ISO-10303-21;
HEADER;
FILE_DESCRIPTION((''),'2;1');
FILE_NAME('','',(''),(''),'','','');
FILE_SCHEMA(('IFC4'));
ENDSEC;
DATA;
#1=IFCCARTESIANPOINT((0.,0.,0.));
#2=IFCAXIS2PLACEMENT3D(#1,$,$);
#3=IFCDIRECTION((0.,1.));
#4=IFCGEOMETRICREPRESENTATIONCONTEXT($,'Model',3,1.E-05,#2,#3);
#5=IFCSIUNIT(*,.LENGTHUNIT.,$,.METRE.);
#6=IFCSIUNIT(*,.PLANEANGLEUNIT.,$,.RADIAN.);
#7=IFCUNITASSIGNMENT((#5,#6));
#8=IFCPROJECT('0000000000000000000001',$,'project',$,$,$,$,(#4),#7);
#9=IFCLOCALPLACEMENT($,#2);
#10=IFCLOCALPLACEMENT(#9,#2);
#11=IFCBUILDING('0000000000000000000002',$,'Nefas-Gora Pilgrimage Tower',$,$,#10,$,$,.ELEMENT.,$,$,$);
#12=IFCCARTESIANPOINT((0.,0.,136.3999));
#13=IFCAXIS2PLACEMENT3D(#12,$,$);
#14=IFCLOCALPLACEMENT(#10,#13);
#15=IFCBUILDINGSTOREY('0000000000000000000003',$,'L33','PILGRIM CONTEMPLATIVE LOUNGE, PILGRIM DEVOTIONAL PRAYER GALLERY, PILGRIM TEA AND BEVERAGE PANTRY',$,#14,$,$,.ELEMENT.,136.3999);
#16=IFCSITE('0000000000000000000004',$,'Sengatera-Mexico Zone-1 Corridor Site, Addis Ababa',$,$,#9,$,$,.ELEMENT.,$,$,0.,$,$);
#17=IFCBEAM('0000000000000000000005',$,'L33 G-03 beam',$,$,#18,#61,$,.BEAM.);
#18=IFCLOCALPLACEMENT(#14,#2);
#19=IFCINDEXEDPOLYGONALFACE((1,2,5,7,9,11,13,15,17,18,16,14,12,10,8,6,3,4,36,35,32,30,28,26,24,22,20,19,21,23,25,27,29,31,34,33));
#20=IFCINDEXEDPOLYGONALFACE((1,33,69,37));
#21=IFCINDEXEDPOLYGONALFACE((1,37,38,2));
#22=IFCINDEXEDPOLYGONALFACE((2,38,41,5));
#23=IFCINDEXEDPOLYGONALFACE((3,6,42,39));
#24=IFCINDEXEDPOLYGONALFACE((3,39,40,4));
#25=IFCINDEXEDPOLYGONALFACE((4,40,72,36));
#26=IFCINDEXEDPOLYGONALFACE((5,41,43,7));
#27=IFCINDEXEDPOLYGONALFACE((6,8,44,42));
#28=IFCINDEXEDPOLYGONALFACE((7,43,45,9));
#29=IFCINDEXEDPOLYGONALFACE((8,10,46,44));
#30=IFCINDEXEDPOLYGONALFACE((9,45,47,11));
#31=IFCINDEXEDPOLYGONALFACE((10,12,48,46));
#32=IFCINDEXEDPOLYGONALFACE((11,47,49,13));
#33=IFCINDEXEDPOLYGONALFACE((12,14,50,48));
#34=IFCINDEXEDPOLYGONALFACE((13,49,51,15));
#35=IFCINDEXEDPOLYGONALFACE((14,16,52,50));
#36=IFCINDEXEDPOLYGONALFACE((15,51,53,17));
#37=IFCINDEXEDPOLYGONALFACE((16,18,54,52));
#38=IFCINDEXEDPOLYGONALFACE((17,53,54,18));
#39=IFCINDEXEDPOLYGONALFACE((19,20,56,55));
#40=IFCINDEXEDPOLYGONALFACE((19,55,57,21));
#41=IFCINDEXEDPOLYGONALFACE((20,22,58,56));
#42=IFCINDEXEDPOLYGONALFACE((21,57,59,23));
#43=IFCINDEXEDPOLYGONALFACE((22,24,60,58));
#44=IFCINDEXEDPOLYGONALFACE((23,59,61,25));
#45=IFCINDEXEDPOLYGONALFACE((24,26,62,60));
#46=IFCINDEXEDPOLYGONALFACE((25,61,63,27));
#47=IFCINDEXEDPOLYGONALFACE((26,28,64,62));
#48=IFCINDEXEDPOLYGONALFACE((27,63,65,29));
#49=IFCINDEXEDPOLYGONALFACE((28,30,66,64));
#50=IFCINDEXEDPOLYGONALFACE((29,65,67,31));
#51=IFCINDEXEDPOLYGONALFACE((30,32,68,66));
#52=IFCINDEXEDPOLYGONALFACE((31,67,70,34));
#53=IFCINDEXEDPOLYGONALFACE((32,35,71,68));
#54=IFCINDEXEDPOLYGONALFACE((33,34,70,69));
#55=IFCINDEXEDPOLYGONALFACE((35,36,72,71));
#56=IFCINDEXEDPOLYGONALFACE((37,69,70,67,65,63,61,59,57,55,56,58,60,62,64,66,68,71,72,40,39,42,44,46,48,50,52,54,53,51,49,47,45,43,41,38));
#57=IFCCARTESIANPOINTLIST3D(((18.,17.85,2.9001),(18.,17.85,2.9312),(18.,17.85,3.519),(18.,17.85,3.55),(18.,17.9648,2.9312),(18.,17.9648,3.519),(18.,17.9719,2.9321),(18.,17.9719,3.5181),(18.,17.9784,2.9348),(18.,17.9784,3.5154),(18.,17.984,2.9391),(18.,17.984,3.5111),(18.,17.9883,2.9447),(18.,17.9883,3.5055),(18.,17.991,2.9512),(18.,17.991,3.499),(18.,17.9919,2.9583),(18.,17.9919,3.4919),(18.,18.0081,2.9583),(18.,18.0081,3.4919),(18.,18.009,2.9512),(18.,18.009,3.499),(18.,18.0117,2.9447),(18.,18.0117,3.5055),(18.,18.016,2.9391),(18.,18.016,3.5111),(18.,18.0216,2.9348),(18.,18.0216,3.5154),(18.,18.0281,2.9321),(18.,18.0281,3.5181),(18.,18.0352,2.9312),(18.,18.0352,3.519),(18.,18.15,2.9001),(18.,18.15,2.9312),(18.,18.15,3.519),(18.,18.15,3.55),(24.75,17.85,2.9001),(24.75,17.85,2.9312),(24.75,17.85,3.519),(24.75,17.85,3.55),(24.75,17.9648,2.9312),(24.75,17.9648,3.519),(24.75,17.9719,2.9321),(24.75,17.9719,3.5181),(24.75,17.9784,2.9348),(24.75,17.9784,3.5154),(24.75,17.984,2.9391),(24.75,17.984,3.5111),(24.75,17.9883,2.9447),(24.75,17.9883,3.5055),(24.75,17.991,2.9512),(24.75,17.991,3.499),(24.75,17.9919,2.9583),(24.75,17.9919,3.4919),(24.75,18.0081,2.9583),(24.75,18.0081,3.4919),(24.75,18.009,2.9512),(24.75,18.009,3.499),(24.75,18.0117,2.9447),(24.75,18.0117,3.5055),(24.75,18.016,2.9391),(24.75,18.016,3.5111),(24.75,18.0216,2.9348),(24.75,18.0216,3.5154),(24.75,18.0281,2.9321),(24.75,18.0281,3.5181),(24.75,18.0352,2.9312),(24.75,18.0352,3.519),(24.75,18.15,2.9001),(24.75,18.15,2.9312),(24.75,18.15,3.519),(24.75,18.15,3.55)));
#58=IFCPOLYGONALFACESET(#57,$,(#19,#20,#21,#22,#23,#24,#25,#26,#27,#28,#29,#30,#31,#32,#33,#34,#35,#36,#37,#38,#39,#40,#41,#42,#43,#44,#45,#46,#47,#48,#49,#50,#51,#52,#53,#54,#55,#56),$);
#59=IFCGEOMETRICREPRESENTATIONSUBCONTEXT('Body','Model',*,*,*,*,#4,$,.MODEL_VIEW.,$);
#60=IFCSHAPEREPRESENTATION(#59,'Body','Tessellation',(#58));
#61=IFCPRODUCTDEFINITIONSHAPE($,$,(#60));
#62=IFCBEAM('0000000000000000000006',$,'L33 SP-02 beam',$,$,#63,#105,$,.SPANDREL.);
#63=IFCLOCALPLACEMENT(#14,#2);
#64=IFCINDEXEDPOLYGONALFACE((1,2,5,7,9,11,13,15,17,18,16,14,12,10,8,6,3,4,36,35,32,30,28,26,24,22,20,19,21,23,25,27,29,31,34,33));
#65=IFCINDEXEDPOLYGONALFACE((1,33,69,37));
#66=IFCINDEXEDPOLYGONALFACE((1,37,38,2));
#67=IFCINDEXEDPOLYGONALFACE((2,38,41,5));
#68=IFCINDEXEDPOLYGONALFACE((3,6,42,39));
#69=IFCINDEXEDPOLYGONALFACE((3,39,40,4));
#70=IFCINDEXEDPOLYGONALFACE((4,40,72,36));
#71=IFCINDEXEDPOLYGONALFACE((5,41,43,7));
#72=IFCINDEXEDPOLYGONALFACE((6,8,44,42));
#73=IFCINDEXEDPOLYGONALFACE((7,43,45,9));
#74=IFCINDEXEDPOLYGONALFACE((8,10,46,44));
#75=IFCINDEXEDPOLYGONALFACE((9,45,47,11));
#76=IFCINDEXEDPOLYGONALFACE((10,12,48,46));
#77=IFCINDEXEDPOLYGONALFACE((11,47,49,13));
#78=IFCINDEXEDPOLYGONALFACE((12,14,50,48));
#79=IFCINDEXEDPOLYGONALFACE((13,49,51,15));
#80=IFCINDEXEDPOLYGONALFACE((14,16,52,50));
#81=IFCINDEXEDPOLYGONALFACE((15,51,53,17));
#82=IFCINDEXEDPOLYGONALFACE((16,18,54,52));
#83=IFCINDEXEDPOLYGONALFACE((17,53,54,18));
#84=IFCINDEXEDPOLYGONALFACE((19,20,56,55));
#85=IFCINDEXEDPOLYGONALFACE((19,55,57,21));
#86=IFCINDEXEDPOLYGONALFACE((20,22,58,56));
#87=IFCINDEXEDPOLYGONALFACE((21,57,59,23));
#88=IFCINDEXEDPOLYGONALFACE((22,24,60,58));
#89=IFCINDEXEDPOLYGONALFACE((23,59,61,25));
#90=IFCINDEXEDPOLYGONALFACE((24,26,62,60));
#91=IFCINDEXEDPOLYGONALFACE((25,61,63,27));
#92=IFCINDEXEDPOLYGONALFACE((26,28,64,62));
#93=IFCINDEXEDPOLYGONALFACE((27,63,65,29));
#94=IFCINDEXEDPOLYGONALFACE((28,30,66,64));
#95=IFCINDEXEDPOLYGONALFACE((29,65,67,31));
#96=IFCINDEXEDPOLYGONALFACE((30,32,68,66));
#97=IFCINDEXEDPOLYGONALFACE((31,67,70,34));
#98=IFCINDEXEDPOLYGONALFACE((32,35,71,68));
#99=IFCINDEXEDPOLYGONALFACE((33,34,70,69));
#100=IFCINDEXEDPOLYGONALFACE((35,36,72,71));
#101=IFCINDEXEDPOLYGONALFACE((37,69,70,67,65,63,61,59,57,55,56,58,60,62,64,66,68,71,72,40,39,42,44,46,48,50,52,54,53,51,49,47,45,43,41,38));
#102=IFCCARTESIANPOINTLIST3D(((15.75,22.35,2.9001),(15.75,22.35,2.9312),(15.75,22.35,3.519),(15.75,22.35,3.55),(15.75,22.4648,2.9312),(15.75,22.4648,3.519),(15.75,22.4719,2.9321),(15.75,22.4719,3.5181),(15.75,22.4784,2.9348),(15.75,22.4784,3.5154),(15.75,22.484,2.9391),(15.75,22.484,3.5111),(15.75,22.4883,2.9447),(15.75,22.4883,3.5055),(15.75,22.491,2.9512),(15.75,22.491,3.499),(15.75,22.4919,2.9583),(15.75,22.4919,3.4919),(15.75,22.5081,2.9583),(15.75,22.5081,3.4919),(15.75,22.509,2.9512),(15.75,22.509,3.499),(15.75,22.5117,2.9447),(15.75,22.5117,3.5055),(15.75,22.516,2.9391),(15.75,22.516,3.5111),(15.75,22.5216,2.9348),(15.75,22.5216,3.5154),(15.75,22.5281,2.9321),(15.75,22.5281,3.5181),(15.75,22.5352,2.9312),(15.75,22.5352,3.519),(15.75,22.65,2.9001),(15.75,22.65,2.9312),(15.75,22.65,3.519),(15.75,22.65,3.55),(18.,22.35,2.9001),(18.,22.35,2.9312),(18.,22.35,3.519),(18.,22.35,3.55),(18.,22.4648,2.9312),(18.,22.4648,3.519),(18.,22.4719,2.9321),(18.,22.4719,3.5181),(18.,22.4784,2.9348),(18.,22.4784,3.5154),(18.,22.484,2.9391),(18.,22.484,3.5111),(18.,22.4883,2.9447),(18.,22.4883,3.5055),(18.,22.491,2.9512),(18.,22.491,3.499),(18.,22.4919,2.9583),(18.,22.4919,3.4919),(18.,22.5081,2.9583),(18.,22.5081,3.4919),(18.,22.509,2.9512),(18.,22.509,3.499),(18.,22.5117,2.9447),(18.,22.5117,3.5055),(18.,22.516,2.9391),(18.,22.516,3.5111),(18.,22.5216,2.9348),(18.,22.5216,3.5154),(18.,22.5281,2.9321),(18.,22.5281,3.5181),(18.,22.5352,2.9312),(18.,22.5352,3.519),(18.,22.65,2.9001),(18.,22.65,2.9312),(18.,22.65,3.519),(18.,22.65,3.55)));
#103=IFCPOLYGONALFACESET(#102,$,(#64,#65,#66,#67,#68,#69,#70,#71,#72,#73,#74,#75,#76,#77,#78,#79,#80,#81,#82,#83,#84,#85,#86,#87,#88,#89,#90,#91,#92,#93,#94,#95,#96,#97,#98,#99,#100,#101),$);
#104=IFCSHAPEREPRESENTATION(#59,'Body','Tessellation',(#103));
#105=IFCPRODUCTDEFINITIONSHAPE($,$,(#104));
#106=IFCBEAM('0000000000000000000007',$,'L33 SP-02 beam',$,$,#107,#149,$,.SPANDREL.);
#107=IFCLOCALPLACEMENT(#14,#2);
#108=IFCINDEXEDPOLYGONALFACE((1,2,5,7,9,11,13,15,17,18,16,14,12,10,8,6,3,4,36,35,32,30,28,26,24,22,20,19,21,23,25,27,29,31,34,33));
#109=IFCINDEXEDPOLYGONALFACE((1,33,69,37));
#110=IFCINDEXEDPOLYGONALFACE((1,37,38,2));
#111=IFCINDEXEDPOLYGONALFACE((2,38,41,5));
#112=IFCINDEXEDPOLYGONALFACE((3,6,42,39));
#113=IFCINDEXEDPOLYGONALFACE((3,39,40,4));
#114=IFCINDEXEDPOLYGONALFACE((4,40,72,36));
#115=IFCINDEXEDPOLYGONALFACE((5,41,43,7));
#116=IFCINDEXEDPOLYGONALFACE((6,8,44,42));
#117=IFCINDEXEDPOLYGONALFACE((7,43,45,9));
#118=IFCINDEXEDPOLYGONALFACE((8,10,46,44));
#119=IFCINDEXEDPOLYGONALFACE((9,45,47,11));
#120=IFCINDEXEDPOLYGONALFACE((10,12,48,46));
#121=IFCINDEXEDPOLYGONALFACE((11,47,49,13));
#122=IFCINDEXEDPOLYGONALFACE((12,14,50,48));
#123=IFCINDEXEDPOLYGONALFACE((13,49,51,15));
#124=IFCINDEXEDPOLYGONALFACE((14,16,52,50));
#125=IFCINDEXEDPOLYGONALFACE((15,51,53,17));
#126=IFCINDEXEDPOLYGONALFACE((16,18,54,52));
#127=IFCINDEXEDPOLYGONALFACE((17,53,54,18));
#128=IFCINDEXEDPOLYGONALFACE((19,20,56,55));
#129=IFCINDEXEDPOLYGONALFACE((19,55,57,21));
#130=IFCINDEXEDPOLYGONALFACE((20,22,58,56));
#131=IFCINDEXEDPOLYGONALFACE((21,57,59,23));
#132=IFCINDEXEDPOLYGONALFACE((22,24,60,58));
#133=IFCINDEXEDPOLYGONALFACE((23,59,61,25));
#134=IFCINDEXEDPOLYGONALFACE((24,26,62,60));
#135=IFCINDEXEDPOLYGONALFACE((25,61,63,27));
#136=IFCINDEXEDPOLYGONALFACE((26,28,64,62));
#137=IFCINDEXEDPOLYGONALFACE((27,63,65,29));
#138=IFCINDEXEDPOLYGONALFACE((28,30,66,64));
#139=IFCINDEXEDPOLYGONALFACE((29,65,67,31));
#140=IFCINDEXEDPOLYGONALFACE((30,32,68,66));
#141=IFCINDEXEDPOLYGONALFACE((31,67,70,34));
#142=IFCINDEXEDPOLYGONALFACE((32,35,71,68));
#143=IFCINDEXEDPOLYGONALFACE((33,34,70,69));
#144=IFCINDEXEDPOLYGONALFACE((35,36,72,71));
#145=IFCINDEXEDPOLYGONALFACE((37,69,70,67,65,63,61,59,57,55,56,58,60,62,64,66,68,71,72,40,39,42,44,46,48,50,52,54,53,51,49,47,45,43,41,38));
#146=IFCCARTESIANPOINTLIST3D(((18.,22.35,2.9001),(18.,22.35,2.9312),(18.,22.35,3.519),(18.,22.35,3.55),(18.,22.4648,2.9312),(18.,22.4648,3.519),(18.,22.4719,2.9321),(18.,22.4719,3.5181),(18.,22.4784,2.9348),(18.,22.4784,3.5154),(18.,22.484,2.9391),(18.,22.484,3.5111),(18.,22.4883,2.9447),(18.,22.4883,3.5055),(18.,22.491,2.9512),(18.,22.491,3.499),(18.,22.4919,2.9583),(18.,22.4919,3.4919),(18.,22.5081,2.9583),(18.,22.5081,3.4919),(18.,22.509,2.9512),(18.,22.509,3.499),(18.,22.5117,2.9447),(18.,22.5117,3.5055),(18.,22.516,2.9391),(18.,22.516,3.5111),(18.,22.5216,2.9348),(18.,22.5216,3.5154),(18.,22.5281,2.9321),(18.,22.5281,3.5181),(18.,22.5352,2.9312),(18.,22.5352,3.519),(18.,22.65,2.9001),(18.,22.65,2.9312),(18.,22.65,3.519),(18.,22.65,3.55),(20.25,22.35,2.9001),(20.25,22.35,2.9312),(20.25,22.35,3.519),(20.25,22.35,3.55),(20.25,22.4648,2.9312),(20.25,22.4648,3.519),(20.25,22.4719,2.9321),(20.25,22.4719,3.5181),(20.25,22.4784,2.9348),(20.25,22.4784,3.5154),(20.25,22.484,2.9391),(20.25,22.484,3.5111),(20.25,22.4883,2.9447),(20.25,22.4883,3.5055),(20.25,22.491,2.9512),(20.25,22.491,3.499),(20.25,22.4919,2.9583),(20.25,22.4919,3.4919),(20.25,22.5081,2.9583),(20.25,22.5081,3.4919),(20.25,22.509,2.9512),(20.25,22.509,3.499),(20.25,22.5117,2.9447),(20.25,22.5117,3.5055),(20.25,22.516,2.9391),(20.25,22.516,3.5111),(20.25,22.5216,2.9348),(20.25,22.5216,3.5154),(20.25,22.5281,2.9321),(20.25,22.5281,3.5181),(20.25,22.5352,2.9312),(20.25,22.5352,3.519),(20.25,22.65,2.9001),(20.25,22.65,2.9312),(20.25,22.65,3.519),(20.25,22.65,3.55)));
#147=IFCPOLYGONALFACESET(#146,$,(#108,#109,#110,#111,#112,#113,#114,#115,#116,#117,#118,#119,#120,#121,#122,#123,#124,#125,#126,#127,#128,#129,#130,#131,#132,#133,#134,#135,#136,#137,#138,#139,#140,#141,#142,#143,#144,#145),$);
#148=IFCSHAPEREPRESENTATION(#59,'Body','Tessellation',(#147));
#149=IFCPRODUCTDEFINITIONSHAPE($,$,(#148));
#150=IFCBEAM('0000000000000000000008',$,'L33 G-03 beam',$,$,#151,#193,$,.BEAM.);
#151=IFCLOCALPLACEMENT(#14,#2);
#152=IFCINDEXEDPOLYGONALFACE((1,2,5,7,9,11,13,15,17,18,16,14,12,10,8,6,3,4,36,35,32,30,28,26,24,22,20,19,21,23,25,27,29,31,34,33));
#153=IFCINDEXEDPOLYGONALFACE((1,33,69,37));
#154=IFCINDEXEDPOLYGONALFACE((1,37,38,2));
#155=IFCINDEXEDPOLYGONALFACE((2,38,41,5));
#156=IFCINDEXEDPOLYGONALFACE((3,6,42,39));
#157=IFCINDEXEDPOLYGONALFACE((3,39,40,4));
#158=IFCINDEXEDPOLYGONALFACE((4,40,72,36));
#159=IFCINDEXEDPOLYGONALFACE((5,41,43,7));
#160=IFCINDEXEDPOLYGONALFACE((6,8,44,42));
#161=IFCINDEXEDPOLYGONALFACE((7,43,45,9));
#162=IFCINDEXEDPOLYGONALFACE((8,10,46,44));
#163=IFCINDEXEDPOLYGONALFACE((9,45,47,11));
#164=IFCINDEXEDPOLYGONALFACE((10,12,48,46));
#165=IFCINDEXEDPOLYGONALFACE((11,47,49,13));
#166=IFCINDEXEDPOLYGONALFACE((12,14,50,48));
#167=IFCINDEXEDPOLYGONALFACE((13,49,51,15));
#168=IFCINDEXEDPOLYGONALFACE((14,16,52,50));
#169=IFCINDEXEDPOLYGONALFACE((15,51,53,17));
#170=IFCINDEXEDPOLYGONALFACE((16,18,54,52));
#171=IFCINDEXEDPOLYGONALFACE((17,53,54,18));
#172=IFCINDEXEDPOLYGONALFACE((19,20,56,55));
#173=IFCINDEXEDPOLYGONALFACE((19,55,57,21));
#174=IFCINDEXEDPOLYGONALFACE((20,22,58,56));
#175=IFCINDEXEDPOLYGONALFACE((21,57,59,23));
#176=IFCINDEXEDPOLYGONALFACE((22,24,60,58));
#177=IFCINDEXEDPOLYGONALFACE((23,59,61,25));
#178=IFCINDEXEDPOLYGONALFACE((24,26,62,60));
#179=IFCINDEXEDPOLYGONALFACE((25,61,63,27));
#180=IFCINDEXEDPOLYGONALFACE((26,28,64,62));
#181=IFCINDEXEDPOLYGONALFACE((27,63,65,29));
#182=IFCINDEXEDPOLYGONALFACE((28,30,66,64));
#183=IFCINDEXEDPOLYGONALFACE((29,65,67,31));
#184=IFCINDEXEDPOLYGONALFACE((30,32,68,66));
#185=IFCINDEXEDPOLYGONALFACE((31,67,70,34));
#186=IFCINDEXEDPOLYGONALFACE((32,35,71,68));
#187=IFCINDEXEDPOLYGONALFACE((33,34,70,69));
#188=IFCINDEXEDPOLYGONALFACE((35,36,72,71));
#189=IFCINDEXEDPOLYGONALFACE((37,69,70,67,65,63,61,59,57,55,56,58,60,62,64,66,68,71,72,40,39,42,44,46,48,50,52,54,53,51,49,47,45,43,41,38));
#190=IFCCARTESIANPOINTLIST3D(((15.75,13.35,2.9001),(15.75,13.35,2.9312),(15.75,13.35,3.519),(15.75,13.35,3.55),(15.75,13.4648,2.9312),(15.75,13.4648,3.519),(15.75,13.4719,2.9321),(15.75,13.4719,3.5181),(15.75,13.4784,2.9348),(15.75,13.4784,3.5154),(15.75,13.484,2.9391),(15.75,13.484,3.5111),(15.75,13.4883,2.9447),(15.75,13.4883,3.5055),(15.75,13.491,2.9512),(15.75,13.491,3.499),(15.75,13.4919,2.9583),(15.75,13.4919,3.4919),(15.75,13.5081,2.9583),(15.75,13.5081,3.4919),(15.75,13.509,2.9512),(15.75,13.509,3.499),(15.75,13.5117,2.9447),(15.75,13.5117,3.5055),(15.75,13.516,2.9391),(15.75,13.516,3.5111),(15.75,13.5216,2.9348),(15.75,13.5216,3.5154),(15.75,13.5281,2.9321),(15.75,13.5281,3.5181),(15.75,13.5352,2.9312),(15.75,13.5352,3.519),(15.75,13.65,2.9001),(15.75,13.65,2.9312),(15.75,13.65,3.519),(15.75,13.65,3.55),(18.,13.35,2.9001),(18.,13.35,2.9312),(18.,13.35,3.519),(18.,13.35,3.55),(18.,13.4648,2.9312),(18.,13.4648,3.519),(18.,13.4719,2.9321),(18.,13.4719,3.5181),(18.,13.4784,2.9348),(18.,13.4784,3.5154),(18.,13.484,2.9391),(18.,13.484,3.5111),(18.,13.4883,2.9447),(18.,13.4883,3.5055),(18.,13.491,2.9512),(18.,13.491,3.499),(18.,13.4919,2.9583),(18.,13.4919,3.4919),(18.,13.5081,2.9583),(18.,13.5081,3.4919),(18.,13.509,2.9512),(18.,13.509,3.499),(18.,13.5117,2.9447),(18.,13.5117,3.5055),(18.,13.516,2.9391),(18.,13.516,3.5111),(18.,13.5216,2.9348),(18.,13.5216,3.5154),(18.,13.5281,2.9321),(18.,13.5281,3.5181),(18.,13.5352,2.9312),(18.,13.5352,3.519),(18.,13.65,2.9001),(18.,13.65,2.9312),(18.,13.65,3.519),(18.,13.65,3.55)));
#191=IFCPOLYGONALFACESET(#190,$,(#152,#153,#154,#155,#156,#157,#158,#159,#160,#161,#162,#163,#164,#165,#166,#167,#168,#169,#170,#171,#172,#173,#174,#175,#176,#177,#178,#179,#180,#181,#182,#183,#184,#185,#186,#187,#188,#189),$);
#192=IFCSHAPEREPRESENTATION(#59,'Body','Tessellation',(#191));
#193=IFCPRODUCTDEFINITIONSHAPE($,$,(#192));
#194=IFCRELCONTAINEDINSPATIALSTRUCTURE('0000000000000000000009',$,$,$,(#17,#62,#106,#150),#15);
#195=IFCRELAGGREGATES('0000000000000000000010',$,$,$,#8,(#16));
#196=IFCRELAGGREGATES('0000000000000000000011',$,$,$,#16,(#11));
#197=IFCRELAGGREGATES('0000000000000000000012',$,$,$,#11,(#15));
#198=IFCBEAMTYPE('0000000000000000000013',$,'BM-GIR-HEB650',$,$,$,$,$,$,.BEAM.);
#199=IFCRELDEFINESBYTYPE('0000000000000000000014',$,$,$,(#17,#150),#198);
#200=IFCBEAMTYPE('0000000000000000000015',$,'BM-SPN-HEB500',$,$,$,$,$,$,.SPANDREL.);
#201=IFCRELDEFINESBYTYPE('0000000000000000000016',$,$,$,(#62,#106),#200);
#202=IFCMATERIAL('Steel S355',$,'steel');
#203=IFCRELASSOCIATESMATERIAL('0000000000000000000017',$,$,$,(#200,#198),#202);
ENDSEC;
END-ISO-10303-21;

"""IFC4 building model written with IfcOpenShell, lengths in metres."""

from ifc_helpers import new_model, si_unit, direction, frame, origin, origin_2d, place, context, subcontext, project, spatial, i_section, extrude, source, transform, mapped, material, material_profile, profile_set, type_object, element, save


model = new_model("IFC4")

# Units and contexts
model_context = context("Model", 3, precision=1e-05, world=origin(), true_north=direction((0.0, 1.0)))
body_context = subcontext(model_context, "Body", "Model", "MODEL_VIEW")
ifc_project = project(units=[si_unit("LENGTHUNIT", "METRE"), si_unit("PLANEANGLEUNIT", "RADIAN")], contexts=[model_context])

# Site, building, storey
site_placement = place(None, origin())
site = spatial("IfcSite", under=ifc_project, at=site_placement, Name="Sengatera-Mexico Zone-1 Corridor Site, Addis Ababa", CompositionType="ELEMENT", RefElevation=0.0)
building_placement = place(site_placement, origin())
building = spatial("IfcBuilding", under=site, at=building_placement, Name="Nefas-Gora Pilgrimage Tower", CompositionType="ELEMENT")
storey_placement = place(building_placement, frame((0.0, 0.0, 136.3999)))
storey = spatial("IfcBuildingStorey", under=building, at=storey_placement, Name="L33", Description="PILGRIM CONTEMPLATIVE LOUNGE, PILGRIM DEVOTIONAL PRAYER GALLERY, PILGRIM TEA AND BEVERAGE PANTRY", CompositionType="ELEMENT", Elevation=136.3999)

# Beams
ifc_material_1 = material(Name="Steel S355", Category="steel")
ifc_material_profile_1 = material_profile(ifc_material_1, i_section(OverallWidth=0.3, OverallDepth=0.6499, WebThickness=0.0161, FlangeThickness=0.031, FilletRadius=0.0271, at=origin_2d()), Name="HEB 650")
ifc_profile_set_1 = profile_set([ifc_material_profile_1], Name="Steel S355")
beam_type_1 = type_object("IfcBeamType", Name="BM-SPN-HEB500", PredefinedType="SPANDREL", material=ifc_profile_set_1)
ifc_material_profile_2 = material_profile(ifc_material_1, i_section(OverallWidth=0.3, OverallDepth=0.6499, WebThickness=0.0161, FlangeThickness=0.031, FilletRadius=0.0271, at=origin_2d()), Name="HEB 650")
ifc_profile_set_2 = profile_set([ifc_material_profile_2], Name="Steel S355")
beam_type_2 = type_object("IfcBeamType", Name="BM-GIR-HEB650", PredefinedType="BEAM", material=ifc_profile_set_2)
shared_shape_1 = source(origin(), body_context, "Body", "SweptSolid", [
    extrude(i_section(OverallWidth=0.3, OverallDepth=0.6499, WebThickness=0.0161, FlangeThickness=0.031, FilletRadius=0.0271, at=origin_2d()), origin(), (0.0, 0.0, 1.0), 6.75),
])
for number, where, z_axis, x_axis, name in (
    (1, (18.0, 18.0, 3.2251), (1.0, 0.0, 0.0), (0.0, 1.0, 0.0), "L33 G-03 beam"),
):
    element("IfcBeam", number, at=place(storey_placement, frame(where, z_axis=z_axis, x_axis=x_axis)), inside=storey, type_object=beam_type_2, Name=name, PredefinedType="BEAM", context=body_context, shape_type="MappedRepresentation", body=[
        mapped(shared_shape_1, transform((0.0, 0.0, 0.0), x_axis=(1.0, 0.0, 0.0), y_axis=(0.0, 1.0, 0.0), z_axis=(0.0, 0.0, 1.0), scale=1.0)),
    ])
shared_shape_2 = source(origin(), body_context, "Body", "SweptSolid", [
    extrude(i_section(OverallWidth=0.3, OverallDepth=0.6499, WebThickness=0.0161, FlangeThickness=0.031, FilletRadius=0.0271, at=origin_2d()), origin(), (0.0, 0.0, 1.0), 2.25),
])
for number, where, z_axis, x_axis, name in (
    (2, (15.75, 22.5, 3.2251), (1.0, 0.0, 0.0), (0.0, 1.0, 0.0), "L33 SP-02 beam"),
    (3, (18.0, 22.5, 3.2251), (1.0, 0.0, 0.0), (0.0, 1.0, 0.0), "L33 SP-02 beam"),
):
    element("IfcBeam", number, at=place(storey_placement, frame(where, z_axis=z_axis, x_axis=x_axis)), inside=storey, type_object=beam_type_1, Name=name, PredefinedType="SPANDREL", context=body_context, shape_type="MappedRepresentation", body=[
        mapped(shared_shape_2, transform((0.0, 0.0, 0.0), x_axis=(1.0, 0.0, 0.0), y_axis=(0.0, 1.0, 0.0), z_axis=(0.0, 0.0, 1.0), scale=1.0)),
    ])
shared_shape_3 = source(origin(), body_context, "Body", "SweptSolid", [
    extrude(i_section(OverallWidth=0.3, OverallDepth=0.6499, WebThickness=0.0161, FlangeThickness=0.031, FilletRadius=0.0271, at=origin_2d()), origin(), (0.0, 0.0, 1.0), 2.25),
])
beam_1_placement = place(storey_placement, frame((15.75, 13.5, 3.2251), z_axis=(1.0, 0.0, 0.0), x_axis=(0.0, 1.0, 0.0)))
element("IfcBeam", 4, at=beam_1_placement, inside=storey, type_object=beam_type_2, Name="L33 G-03 beam", PredefinedType="BEAM", context=body_context, shape_type="MappedRepresentation", body=[
    mapped(shared_shape_3, transform((0.0, 0.0, 0.0), x_axis=(1.0, 0.0, 0.0), y_axis=(0.0, 1.0, 0.0), z_axis=(0.0, 0.0, 1.0), scale=1.0)),
])

save(model, "model.ifc")
